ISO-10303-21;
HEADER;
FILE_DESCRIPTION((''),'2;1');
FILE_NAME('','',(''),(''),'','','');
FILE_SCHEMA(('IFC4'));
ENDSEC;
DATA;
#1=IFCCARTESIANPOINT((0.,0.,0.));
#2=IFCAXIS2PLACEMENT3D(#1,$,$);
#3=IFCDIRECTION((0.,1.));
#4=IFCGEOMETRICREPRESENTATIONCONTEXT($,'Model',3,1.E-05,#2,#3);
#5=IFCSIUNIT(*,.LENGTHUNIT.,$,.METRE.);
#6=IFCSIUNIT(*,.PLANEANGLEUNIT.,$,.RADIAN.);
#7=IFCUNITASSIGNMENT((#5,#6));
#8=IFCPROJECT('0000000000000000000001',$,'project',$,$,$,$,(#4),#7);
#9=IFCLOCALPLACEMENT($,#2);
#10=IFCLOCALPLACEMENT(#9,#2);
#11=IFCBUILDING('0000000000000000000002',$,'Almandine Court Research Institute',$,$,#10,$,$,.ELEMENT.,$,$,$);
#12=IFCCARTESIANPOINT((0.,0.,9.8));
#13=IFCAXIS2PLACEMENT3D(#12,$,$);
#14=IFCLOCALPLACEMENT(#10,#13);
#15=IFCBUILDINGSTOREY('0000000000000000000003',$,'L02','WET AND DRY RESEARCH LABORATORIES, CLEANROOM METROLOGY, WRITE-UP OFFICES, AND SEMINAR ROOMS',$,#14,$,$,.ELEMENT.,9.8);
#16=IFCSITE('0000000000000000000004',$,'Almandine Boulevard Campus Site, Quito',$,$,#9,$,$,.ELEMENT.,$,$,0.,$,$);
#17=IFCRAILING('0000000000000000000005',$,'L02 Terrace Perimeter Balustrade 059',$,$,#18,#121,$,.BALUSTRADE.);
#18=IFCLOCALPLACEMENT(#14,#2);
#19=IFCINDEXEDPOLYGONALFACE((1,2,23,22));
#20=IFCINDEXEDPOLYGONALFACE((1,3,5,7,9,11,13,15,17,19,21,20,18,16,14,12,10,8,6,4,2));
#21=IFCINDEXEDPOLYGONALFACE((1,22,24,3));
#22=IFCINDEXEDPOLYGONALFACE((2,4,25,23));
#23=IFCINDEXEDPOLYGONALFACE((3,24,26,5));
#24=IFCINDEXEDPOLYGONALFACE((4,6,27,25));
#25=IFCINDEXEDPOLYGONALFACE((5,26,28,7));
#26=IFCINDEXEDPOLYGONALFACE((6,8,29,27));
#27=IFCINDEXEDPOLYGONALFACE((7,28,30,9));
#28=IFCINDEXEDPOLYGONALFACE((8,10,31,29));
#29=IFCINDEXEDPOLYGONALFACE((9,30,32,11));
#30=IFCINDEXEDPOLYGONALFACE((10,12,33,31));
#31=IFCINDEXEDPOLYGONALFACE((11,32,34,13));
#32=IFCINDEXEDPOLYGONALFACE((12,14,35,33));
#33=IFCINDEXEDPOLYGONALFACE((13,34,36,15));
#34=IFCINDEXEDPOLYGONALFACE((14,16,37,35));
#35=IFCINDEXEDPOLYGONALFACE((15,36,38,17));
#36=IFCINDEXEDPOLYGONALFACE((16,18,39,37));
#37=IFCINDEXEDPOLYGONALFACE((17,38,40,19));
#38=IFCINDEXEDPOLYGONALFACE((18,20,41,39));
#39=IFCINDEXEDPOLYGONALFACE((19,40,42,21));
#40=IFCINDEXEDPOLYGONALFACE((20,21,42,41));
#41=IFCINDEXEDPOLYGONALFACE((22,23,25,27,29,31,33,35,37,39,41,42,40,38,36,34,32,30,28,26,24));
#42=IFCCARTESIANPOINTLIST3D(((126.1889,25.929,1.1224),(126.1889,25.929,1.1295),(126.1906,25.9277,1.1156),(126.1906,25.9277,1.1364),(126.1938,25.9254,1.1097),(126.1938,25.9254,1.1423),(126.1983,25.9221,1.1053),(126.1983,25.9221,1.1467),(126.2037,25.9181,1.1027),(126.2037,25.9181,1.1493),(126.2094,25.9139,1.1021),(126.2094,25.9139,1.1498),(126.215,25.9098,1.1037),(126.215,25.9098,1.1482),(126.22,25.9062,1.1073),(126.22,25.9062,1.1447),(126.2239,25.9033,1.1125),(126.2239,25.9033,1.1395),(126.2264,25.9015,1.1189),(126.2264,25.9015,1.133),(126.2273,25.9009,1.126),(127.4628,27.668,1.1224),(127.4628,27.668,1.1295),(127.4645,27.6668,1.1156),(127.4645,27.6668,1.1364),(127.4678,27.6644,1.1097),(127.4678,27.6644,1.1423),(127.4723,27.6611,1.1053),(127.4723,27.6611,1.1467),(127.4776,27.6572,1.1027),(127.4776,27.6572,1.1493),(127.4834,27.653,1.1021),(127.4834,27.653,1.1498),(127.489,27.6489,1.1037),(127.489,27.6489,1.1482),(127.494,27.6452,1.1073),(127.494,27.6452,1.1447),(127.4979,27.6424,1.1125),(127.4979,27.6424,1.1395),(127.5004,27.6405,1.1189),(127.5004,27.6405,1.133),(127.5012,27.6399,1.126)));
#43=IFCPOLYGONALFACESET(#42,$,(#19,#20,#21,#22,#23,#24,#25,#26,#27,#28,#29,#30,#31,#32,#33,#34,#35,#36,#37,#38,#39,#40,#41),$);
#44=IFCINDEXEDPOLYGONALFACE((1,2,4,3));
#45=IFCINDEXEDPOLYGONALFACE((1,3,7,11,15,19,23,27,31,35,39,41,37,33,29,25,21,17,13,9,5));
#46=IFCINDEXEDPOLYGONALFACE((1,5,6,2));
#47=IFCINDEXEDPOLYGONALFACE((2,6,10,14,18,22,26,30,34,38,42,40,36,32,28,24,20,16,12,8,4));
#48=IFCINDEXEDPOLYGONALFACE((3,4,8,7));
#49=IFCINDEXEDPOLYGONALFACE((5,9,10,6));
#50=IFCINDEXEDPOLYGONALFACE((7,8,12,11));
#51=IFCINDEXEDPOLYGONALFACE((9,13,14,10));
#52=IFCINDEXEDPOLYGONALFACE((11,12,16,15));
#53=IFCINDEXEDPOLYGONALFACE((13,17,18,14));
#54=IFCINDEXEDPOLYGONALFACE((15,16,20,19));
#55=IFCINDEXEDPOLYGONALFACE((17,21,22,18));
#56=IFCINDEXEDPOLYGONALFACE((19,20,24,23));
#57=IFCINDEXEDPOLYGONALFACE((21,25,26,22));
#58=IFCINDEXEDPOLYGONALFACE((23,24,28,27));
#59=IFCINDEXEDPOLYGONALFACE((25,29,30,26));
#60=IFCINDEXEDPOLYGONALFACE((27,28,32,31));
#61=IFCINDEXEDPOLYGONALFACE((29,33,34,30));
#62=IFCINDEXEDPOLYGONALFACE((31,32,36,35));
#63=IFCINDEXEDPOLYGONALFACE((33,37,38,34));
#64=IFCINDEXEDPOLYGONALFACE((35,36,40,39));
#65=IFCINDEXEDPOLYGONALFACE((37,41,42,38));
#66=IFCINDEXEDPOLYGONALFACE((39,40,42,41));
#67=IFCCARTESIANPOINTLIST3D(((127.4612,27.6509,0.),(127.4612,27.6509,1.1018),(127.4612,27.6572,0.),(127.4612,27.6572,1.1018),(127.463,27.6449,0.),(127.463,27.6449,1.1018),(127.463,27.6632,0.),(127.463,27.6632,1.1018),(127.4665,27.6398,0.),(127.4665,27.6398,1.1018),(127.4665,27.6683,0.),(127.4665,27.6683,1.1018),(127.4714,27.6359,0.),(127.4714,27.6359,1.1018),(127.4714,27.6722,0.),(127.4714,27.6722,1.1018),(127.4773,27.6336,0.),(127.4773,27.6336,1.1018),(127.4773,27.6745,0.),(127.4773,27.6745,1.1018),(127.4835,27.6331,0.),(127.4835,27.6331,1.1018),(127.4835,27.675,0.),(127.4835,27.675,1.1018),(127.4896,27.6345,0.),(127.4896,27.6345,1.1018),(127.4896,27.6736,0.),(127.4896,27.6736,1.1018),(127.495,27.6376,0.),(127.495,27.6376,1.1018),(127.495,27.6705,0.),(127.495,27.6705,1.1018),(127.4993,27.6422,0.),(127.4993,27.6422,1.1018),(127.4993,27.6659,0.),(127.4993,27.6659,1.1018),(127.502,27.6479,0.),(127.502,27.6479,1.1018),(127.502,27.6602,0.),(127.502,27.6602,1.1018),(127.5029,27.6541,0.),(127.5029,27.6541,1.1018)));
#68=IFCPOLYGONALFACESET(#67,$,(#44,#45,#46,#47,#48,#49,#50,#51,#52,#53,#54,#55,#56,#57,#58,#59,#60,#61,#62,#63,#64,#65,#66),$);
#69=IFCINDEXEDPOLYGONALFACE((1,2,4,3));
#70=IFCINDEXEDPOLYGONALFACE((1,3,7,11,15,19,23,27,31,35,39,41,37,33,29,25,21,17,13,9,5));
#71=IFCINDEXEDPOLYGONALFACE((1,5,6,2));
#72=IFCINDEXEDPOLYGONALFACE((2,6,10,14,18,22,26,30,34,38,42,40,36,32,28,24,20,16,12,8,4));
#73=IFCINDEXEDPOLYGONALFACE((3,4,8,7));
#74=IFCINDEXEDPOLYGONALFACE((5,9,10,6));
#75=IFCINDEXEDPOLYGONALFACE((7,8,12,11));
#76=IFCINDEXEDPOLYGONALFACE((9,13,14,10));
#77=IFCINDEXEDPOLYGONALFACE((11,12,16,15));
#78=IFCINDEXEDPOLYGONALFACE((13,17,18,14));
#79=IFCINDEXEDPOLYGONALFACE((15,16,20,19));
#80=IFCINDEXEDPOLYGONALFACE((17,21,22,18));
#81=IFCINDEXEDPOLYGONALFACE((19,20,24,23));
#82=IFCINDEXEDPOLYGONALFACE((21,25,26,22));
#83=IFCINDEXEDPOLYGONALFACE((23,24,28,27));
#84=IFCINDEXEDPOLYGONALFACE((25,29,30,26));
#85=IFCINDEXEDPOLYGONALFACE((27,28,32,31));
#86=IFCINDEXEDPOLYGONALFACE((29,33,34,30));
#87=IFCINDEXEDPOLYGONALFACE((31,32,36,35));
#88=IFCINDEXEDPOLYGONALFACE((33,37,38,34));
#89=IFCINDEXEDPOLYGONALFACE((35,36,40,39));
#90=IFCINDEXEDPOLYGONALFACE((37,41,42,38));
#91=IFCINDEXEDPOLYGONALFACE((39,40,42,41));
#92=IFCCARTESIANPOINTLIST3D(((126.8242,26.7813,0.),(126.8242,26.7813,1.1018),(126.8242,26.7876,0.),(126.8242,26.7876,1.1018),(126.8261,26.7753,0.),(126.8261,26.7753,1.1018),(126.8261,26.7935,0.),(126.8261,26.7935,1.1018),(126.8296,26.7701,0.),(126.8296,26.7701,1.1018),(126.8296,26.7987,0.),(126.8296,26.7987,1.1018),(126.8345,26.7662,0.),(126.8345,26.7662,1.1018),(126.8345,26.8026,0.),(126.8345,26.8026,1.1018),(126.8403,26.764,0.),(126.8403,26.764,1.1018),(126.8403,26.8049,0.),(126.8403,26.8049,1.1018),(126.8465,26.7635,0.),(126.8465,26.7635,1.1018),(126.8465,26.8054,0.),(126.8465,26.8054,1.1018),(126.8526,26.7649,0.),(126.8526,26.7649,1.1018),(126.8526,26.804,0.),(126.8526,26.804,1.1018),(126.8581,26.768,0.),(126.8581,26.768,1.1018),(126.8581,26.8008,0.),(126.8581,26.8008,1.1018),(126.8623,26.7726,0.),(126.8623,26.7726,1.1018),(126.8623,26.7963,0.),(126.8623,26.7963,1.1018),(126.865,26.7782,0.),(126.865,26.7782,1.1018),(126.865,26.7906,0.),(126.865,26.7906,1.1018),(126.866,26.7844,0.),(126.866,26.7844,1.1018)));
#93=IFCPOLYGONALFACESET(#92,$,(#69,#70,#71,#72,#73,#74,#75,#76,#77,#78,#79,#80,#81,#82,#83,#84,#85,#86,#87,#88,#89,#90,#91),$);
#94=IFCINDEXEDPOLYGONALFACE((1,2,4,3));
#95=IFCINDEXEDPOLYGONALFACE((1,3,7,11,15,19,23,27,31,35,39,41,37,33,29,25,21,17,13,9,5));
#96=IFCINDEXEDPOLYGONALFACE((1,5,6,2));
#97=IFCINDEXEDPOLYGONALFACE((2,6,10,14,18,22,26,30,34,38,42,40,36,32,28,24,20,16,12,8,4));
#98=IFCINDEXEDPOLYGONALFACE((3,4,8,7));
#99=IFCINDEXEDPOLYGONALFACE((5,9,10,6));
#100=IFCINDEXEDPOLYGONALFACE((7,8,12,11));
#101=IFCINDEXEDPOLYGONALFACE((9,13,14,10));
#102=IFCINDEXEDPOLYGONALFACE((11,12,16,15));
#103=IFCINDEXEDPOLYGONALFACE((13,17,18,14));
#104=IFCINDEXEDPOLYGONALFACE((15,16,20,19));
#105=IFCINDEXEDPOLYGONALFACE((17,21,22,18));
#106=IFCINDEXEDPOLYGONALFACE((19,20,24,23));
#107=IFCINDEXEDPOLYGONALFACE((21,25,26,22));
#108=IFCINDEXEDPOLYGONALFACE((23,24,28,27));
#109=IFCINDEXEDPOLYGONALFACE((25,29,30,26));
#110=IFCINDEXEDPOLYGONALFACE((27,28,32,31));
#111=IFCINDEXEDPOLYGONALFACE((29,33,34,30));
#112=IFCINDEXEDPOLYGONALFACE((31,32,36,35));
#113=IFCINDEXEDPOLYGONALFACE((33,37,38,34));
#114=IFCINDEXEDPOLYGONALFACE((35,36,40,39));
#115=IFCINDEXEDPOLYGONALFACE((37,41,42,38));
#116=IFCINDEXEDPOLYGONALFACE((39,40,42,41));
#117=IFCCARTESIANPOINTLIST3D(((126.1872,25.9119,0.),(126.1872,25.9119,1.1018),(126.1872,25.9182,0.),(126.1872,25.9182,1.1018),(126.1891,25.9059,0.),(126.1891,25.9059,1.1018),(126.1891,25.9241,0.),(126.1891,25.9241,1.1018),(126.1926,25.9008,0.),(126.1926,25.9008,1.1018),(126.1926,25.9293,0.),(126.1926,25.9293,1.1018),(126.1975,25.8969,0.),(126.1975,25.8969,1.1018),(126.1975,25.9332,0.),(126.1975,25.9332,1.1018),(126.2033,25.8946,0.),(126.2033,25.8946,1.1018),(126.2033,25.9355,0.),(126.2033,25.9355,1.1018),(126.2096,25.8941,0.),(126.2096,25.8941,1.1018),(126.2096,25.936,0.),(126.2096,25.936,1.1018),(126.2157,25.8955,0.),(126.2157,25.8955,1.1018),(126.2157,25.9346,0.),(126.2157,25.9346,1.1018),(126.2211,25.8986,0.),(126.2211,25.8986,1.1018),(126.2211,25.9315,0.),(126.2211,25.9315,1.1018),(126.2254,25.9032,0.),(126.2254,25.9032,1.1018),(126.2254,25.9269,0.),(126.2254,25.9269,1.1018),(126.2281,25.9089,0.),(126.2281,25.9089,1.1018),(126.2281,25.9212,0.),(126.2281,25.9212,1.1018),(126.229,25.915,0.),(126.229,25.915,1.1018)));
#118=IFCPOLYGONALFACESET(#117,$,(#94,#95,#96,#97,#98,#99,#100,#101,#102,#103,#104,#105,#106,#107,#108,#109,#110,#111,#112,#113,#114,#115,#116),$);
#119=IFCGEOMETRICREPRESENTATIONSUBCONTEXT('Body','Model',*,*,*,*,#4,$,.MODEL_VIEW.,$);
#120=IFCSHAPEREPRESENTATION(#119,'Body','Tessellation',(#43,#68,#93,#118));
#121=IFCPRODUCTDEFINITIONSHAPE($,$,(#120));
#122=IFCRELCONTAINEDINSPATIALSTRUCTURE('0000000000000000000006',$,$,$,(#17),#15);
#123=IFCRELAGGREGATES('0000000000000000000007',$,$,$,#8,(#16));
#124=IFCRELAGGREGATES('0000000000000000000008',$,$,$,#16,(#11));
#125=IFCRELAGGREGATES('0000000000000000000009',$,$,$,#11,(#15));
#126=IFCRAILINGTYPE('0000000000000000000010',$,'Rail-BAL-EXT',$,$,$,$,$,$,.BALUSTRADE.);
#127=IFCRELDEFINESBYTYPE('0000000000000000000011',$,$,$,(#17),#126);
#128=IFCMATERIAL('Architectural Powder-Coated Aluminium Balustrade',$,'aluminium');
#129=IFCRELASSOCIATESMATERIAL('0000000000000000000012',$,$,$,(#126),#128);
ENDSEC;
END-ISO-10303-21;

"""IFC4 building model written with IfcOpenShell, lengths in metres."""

from ifc_helpers import new_model, si_unit, direction, frame, origin, origin_2d, place, context, subcontext, project, spatial, circle, extrude, material, type_object, element, save


model = new_model("IFC4")

# Units and contexts
model_context = context("Model", 3, precision=1e-05, world=origin(), true_north=direction((0.0, 1.0)))
body_context = subcontext(model_context, "Body", "Model", "MODEL_VIEW")
ifc_project = project(units=[si_unit("LENGTHUNIT", "METRE"), si_unit("PLANEANGLEUNIT", "RADIAN")], contexts=[model_context])

# Site, building, storey
site_placement = place(None, origin())
site = spatial("IfcSite", under=ifc_project, at=site_placement, Name="Almandine Boulevard Campus Site, Quito", CompositionType="ELEMENT", RefElevation=0.0)
building_placement = place(site_placement, origin())
building = spatial("IfcBuilding", under=site, at=building_placement, Name="Almandine Court Research Institute", CompositionType="ELEMENT")
storey_placement = place(building_placement, frame((0.0, 0.0, 9.8)))
storey = spatial("IfcBuildingStorey", under=building, at=storey_placement, Name="L02", Description="WET AND DRY RESEARCH LABORATORIES, CLEANROOM METROLOGY, WRITE-UP OFFICES, AND SEMINAR ROOMS", CompositionType="ELEMENT", Elevation=9.8)

# Railing
ifc_material_1 = material(Name="Architectural Powder-Coated Aluminium Balustrade", Category="aluminium")
railing_type = type_object("IfcRailingType", Name="Rail-BAL-EXT", PredefinedType="BALUSTRADE", material=ifc_material_1)
railing_1_placement = place(storey_placement, frame((127.4819, 27.6541, 0.0)))
element("IfcRailing", 1, at=railing_1_placement, inside=storey, type_object=railing_type, Name="L02 Terrace Perimeter Balustrade 059", PredefinedType="BALUSTRADE", context=body_context, shape_type="SweptSolid", body=[
    extrude(circle(Radius=0.0239, at=origin_2d()), frame((0.0, 0.0, 1.126), z_axis=(-0.590956, -0.806704, 0.0), x_axis=(0.806704, -0.590956, 0.0)), (0.0, 0.0, 1.0), 2.1558),
    extrude(circle(Radius=0.021, at=origin_2d()), origin(), (0.0, 0.0, 1.0), 1.1018),
    extrude(circle(Radius=0.021, at=origin_2d()), frame((-0.637, -0.8696, 0.0)), (0.0, 0.0, 1.0), 1.1018),
    extrude(circle(Radius=0.021, at=origin_2d()), frame((-1.2739, -1.739, 0.0)), (0.0, 0.0, 1.0), 1.1018),
])

save(model, "model.ifc")
